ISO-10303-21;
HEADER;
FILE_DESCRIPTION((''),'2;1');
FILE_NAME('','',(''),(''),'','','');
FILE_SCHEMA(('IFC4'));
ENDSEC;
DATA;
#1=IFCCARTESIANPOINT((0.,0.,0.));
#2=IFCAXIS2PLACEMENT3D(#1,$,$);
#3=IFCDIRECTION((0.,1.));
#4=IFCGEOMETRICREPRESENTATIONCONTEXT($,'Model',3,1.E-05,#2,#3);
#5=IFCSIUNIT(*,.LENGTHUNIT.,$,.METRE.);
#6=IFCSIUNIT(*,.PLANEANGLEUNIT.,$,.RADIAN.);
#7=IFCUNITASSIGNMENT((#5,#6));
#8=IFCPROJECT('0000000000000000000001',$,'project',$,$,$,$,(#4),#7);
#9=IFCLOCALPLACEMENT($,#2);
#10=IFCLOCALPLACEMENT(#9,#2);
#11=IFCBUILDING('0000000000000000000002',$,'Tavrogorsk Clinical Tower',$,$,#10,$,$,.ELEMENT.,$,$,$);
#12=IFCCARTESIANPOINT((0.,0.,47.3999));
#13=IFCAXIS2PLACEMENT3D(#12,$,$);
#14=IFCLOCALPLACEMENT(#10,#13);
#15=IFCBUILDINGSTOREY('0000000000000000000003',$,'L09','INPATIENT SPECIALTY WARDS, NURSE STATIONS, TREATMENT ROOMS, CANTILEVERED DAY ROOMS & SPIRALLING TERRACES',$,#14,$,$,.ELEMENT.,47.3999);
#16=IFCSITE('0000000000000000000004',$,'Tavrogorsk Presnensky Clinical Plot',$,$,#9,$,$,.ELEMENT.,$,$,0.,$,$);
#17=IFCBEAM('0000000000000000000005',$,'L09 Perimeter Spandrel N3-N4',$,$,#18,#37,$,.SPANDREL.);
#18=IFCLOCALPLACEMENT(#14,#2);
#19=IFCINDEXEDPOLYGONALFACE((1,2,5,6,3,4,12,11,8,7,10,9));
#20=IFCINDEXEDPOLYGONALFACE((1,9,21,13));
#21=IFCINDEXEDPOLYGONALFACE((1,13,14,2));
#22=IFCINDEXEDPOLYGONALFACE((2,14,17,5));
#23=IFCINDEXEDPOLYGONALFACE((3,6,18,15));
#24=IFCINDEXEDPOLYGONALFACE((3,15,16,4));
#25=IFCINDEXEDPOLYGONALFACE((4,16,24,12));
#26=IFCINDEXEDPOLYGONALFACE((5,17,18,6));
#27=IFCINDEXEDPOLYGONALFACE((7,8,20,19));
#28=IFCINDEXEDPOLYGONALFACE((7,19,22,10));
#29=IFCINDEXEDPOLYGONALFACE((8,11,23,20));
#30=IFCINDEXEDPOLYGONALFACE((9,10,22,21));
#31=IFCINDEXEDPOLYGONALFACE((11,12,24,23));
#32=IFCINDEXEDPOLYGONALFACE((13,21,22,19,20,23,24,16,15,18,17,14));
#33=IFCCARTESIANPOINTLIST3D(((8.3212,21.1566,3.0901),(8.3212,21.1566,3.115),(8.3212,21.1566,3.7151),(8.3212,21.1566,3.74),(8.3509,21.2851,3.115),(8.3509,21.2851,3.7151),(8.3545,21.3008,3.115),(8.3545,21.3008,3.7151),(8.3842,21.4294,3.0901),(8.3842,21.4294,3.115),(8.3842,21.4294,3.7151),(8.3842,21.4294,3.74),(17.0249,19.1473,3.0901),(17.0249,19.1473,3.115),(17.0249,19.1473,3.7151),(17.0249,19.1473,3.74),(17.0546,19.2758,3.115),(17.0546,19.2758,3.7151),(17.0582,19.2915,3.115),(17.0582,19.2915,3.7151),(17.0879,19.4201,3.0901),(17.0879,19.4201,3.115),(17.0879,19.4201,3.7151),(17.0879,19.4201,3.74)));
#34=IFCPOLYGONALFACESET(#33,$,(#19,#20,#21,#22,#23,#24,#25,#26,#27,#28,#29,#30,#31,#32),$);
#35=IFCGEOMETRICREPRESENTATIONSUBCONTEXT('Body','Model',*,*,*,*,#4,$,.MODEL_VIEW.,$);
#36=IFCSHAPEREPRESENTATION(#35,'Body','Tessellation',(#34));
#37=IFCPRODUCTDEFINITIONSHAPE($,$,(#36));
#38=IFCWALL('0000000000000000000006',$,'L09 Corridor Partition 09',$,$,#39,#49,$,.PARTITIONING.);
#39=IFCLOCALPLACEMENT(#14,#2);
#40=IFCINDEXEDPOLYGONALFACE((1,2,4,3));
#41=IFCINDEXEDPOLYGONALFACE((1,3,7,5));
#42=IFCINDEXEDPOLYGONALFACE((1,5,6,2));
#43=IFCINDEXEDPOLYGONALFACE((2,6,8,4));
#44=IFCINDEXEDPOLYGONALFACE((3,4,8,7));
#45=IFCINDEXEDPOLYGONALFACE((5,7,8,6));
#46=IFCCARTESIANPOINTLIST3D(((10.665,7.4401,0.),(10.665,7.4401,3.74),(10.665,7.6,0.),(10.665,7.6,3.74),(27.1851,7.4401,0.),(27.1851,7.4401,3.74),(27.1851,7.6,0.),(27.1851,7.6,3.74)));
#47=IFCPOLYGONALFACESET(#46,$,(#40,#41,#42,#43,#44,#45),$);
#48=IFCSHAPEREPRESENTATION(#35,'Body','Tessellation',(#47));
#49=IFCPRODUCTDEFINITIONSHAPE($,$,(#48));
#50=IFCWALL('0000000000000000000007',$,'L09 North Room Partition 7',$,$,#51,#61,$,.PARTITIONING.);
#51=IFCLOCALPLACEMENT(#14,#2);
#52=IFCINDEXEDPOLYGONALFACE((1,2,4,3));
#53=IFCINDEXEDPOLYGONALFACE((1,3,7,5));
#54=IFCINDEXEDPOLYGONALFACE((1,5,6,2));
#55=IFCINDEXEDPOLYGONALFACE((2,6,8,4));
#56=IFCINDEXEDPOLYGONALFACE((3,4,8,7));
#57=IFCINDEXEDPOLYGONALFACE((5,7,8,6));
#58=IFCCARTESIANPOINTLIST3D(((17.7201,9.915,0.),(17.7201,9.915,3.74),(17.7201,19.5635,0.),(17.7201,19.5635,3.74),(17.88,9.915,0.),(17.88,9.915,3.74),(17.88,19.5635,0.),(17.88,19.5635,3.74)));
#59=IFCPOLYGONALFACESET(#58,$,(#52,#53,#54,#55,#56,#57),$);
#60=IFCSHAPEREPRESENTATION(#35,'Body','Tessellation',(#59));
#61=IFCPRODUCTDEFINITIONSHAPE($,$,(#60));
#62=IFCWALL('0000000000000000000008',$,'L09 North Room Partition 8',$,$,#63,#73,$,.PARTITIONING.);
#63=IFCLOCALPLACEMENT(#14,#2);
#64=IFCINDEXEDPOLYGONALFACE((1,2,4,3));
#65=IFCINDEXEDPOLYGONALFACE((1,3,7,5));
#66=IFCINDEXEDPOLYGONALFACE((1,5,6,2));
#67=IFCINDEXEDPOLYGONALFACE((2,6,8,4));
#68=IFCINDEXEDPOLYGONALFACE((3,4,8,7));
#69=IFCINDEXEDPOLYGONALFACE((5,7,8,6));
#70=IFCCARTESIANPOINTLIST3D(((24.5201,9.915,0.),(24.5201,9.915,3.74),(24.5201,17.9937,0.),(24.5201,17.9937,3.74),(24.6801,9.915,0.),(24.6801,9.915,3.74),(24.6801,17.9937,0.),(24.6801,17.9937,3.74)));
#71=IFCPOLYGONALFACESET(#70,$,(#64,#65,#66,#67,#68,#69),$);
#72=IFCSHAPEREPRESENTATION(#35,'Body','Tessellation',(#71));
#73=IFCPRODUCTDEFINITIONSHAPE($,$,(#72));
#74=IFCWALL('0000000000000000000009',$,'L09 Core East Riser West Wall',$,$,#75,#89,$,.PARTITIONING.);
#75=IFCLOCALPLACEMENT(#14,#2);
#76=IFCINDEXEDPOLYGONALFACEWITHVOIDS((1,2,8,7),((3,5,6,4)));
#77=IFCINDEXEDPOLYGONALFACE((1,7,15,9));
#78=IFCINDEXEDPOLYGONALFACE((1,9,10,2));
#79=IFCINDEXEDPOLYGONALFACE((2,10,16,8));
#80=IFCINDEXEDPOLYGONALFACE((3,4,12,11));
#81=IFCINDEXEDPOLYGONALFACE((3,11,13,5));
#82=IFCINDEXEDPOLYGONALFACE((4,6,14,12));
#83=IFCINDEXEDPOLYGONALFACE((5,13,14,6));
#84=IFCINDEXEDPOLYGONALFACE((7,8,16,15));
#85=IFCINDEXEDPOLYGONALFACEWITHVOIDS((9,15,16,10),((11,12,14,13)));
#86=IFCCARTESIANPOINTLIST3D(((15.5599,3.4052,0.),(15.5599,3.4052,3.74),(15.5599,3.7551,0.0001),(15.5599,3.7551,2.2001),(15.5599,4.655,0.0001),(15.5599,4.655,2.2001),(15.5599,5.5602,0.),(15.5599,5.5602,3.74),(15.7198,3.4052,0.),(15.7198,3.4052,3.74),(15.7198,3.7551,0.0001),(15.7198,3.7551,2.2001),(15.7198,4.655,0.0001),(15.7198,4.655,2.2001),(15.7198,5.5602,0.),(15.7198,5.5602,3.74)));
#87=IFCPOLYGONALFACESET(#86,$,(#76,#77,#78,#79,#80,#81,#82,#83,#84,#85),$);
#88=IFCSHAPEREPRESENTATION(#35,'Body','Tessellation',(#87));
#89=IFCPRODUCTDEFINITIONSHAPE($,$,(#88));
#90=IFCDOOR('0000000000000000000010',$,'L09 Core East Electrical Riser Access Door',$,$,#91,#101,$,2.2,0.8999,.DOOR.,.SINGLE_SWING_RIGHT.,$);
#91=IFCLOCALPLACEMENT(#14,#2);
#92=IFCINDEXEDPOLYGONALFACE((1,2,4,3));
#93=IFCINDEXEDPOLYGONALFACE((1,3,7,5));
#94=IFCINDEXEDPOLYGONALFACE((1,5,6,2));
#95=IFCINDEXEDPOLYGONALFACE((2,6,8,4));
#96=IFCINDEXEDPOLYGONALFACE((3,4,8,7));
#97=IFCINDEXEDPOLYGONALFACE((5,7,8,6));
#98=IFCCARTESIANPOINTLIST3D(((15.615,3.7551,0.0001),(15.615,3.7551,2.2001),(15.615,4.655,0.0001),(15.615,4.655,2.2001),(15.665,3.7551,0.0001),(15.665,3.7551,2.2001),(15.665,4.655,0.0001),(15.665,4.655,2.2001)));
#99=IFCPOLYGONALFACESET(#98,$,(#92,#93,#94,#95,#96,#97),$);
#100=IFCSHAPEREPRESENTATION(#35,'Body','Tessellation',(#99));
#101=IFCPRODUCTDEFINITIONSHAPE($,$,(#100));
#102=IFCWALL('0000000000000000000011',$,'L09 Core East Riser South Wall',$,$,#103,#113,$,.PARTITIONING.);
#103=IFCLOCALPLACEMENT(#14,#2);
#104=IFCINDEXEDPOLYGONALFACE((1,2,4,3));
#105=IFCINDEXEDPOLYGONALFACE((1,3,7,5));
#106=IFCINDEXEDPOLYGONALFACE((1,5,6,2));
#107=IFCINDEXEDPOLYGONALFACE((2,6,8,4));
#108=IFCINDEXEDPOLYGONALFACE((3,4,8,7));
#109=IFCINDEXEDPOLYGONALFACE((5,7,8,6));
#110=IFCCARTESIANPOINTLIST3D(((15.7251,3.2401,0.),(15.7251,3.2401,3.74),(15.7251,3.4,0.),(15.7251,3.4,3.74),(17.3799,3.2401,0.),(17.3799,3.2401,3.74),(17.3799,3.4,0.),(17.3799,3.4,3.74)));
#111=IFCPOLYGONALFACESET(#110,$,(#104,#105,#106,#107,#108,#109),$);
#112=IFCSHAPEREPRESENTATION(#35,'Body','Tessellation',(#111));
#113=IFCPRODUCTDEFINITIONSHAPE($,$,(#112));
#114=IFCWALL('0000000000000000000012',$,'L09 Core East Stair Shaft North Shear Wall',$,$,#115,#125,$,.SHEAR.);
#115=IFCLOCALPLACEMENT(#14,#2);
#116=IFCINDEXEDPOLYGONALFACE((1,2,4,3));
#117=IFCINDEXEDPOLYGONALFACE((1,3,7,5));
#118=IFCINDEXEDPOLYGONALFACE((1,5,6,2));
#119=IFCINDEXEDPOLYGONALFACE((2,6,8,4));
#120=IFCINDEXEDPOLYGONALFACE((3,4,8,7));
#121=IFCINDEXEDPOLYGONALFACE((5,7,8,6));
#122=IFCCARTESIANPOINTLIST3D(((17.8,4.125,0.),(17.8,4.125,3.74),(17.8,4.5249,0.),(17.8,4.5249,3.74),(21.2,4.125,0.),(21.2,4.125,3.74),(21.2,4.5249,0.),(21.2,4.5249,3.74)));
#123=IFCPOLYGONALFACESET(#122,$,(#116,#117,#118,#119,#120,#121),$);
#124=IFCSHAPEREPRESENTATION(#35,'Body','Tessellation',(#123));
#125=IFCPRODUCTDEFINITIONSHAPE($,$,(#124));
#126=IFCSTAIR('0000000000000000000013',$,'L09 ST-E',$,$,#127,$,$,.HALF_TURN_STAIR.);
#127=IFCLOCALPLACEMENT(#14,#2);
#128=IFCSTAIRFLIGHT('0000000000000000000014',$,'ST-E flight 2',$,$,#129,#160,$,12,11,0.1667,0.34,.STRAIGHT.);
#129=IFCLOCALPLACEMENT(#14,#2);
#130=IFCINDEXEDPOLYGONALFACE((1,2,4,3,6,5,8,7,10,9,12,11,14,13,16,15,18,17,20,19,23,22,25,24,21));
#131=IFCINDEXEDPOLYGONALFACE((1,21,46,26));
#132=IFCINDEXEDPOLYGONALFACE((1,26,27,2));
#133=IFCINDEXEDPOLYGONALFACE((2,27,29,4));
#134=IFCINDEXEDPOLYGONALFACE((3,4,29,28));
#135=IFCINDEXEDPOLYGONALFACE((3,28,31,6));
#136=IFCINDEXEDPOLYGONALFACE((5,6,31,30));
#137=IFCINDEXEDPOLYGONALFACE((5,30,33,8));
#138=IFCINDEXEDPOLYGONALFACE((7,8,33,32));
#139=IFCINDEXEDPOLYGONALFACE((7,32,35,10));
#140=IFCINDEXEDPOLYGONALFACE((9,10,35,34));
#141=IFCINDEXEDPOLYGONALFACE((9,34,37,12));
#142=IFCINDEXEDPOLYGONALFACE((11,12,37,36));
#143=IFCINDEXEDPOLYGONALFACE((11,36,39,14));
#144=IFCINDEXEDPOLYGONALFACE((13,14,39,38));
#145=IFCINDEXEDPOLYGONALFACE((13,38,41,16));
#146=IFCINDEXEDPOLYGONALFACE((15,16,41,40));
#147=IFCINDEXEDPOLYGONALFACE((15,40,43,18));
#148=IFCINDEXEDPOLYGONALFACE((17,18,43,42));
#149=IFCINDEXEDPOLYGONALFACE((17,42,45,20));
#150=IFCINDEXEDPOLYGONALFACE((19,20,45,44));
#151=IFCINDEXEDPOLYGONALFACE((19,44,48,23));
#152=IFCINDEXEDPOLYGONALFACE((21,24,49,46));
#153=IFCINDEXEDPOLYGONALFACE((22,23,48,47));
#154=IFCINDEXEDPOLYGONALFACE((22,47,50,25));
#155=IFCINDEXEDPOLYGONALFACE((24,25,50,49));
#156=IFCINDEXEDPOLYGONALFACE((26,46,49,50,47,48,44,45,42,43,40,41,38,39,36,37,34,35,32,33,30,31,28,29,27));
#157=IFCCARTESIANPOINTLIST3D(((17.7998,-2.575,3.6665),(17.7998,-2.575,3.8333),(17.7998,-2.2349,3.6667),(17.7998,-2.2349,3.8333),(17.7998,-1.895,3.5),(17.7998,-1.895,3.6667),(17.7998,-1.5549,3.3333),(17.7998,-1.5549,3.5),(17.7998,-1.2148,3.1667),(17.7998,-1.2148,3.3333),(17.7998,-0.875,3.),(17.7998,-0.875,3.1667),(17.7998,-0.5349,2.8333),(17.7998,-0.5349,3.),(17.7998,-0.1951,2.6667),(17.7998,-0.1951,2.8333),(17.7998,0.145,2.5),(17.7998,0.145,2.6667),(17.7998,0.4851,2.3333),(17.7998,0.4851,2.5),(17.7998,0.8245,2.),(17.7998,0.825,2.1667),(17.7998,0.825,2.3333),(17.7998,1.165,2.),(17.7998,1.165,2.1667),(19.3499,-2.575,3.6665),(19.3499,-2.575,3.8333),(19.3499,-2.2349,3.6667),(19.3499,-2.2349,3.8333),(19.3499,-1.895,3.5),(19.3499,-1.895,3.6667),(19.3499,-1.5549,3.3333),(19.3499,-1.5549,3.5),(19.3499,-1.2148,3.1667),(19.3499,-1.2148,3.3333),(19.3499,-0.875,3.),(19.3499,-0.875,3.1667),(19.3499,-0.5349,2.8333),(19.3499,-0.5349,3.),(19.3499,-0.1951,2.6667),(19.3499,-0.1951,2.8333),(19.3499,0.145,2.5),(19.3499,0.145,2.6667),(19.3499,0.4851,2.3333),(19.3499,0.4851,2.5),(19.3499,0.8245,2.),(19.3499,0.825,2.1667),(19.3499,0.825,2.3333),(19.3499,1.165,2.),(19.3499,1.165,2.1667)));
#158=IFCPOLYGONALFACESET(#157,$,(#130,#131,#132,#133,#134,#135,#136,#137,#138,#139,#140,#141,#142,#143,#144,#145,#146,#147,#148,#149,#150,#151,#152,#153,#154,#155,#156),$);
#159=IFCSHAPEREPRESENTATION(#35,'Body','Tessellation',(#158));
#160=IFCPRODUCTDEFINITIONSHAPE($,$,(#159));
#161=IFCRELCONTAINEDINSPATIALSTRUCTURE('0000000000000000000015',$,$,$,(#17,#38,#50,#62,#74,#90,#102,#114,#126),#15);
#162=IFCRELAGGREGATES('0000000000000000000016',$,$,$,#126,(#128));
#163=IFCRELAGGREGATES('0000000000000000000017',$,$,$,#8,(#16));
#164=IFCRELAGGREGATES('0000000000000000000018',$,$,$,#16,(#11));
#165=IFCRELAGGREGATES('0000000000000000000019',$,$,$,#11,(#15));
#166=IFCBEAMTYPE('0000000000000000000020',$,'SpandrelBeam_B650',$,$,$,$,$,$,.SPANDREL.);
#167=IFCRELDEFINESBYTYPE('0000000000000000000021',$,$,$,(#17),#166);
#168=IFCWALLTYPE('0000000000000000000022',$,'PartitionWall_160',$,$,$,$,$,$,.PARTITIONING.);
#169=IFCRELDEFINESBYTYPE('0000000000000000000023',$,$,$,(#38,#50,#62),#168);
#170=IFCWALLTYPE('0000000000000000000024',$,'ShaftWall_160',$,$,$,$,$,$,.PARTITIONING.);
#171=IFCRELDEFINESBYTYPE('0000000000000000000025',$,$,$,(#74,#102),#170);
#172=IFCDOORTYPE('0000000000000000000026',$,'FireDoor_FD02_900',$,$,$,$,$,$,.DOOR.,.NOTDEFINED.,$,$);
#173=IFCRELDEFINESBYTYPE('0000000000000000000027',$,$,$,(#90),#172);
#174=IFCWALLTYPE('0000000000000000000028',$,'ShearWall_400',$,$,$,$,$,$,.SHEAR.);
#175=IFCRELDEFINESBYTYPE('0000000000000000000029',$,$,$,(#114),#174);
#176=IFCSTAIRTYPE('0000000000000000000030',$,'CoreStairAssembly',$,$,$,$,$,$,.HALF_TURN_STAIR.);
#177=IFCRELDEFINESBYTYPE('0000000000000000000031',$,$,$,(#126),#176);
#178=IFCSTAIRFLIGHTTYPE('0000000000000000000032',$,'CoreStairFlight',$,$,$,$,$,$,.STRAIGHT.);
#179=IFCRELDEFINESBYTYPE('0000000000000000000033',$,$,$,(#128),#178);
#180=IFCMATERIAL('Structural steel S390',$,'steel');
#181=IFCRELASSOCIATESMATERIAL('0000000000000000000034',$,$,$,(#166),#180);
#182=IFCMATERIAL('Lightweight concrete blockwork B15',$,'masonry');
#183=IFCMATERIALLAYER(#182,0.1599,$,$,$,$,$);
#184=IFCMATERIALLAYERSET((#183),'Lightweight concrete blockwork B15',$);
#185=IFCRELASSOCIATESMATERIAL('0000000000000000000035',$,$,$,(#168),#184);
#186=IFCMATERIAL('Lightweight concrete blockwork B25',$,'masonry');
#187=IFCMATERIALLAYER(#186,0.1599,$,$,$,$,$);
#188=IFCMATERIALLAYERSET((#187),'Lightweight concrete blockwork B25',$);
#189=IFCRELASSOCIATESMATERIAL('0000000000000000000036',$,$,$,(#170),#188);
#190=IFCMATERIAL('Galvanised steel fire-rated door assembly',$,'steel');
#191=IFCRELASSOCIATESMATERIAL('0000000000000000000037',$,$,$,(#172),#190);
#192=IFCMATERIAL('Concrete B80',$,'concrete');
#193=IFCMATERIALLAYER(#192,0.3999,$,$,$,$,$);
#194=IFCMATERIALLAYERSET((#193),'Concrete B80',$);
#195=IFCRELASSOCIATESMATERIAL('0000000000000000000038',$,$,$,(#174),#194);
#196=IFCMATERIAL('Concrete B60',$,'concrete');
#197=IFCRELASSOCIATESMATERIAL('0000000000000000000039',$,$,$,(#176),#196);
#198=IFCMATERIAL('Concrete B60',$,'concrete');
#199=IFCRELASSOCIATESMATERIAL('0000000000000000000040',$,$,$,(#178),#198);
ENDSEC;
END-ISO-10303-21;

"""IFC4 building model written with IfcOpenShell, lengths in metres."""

from ifc_helpers import new_model, si_unit, direction, frame, frame_2d, origin, origin_2d, place, context, subcontext, project, spatial, polyline, rectangle, i_section, outline, extrude, material, layer, layer_set, material_profile, profile_set, type_object, element, fill, aggregate, save


model = new_model("IFC4")

# Units and contexts
model_context = context("Model", 3, precision=1e-05, world=origin(), true_north=direction((0.0, 1.0)))
body_context = subcontext(model_context, "Body", "Model", "MODEL_VIEW")
ifc_project = project(units=[si_unit("LENGTHUNIT", "METRE"), si_unit("PLANEANGLEUNIT", "RADIAN")], contexts=[model_context])

# Site, building, storey
site_placement = place(None, origin())
site = spatial("IfcSite", under=ifc_project, at=site_placement, Name="Tavrogorsk Presnensky Clinical Plot", CompositionType="ELEMENT", RefElevation=0.0)
building_placement = place(site_placement, origin())
building = spatial("IfcBuilding", under=site, at=building_placement, Name="Tavrogorsk Clinical Tower", CompositionType="ELEMENT")
storey_placement = place(building_placement, frame((0.0, 0.0, 47.3999)))
storey = spatial("IfcBuildingStorey", under=building, at=storey_placement, Name="L09", Description="INPATIENT SPECIALTY WARDS, NURSE STATIONS, TREATMENT ROOMS, CANTILEVERED DAY ROOMS & SPIRALLING TERRACES", CompositionType="ELEMENT", Elevation=47.3999)

# Beam
ifc_material_1 = material(Name="Structural steel S390", Category="steel")
ifc_material_profile_1 = material_profile(ifc_material_1, i_section(OverallWidth=0.28, OverallDepth=0.6499, WebThickness=0.0161, FlangeThickness=0.0249, at=origin_2d()), Name="B-650x280x16x25")
ifc_profile_set_1 = profile_set([ifc_material_profile_1], Name="Structural steel S390")
beam_type_1 = type_object("IfcBeamType", Name="SpandrelBeam_B650", PredefinedType="SPANDREL", material=ifc_profile_set_1)
for number, where, z_axis, x_axis, name in (
    (1, (17.0564, 19.2837, 3.415), (-0.974373, 0.224939, 0.0), (-0.224939, -0.974373, 0.0), "L09 Perimeter Spandrel N3-N4"),
):
    element("IfcBeam", number, at=place(storey_placement, frame(where, z_axis=z_axis, x_axis=x_axis)), inside=storey, type_object=beam_type_1, Name=name, PredefinedType="SPANDREL", context=body_context, shape_type="SweptSolid", body=[
        extrude(i_section(OverallWidth=0.28, OverallDepth=0.6499, WebThickness=0.0161, FlangeThickness=0.0249, at=origin_2d()), origin(), (0.0, 0.0, 1.0), 8.9326),
    ])

# Walls
ifc_material_2 = material(Name="Lightweight concrete blockwork B15", Category="masonry")
ifc_layer_1 = layer(ifc_material_2, 0.1599)
ifc_layer_set_1 = layer_set([ifc_layer_1], Name="Lightweight concrete blockwork B15")
wall_type_1 = type_object("IfcWallType", Name="PartitionWall_160", PredefinedType="PARTITIONING", material=ifc_layer_set_1)
wall_1_placement = place(storey_placement, frame((27.1851, 7.52, 0.0), z_axis=(0.0, 0.0, 1.0), x_axis=(-1.0, 0.0, 0.0)))
element("IfcWall", 2, at=wall_1_placement, inside=storey, type_object=wall_type_1, Name="L09 Corridor Partition 09", PredefinedType="PARTITIONING", context=body_context, shape_type="SweptSolid", body=[
    extrude(rectangle(XDim=16.52, YDim=0.1599, at=frame_2d((8.26, 0.0))), origin(), (0.0, 0.0, 1.0), 3.74),
])
wall_2_placement = place(storey_placement, frame((17.8, 9.915, 0.0), z_axis=(0.0, 0.0, 1.0), x_axis=(0.0, 1.0, 0.0)))
element("IfcWall", 3, at=wall_2_placement, inside=storey, type_object=wall_type_1, Name="L09 North Room Partition 7", PredefinedType="PARTITIONING", context=body_context, shape_type="SweptSolid", body=[
    extrude(rectangle(XDim=9.6484, YDim=0.1599, at=frame_2d((4.8242, 0.0))), origin(), (0.0, 0.0, 1.0), 3.74),
])
wall_3_placement = place(storey_placement, frame((24.6001, 9.915, 0.0), z_axis=(0.0, 0.0, 1.0), x_axis=(0.0, 1.0, 0.0)))
element("IfcWall", 4, at=wall_3_placement, inside=storey, type_object=wall_type_1, Name="L09 North Room Partition 8", PredefinedType="PARTITIONING", context=body_context, shape_type="SweptSolid", body=[
    extrude(rectangle(XDim=8.0786, YDim=0.1599, at=frame_2d((4.0393, 0.0))), origin(), (0.0, 0.0, 1.0), 3.74),
])

# Wall, opening, door
ifc_material_3 = material(Name="Lightweight concrete blockwork B25", Category="masonry")
ifc_layer_2 = layer(ifc_material_3, 0.1599)
ifc_layer_set_2 = layer_set([ifc_layer_2], Name="Lightweight concrete blockwork B25")
wall_type_2 = type_object("IfcWallType", Name="ShaftWall_160", PredefinedType="PARTITIONING", material=ifc_layer_set_2)
wall_4_placement = place(storey_placement, frame((15.6399, 3.405, 0.0), z_axis=(0.0, 0.0, 1.0), x_axis=(0.0, 1.0, 0.0)))
wall_4 = element("IfcWall", 5, at=wall_4_placement, inside=storey, type_object=wall_type_2, Name="L09 Core East Riser West Wall", PredefinedType="PARTITIONING", context=body_context, shape_type="SweptSolid", body=[
    extrude(rectangle(XDim=2.155, YDim=0.1599, at=frame_2d((1.0776, 0.0))), origin(), (0.0, 0.0, 1.0), 3.74),
])
opening_placement = place(wall_4_placement, frame((0.3501, 0.0, 0.0)))
opening = element("IfcOpeningElement", 6, at=opening_placement, cuts=wall_4, PredefinedType="OPENING", context=body_context, shape_type="SweptSolid", body=[
    extrude(rectangle(XDim=0.8999, YDim=2.2, at=frame_2d((0.45, 1.1001))), frame((0.0, 0.0898, 0.0), z_axis=(0.0, -1.0, 0.0), x_axis=(1.0, 0.0, 0.0)), (0.0, 0.0, 1.0), 0.1799),
])
ifc_material_4 = material(Name="Galvanised steel fire-rated door assembly", Category="steel")
door_type = type_object("IfcDoorType", Name="FireDoor_FD02_900", OperationType="NOTDEFINED", PredefinedType="DOOR", material=ifc_material_4)
door_placement = place(opening_placement, origin())
door = element("IfcDoor", 7, at=door_placement, inside=storey, type_object=door_type, Name="L09 Core East Electrical Riser Access Door", OperationType="SINGLE_SWING_RIGHT", OverallHeight=2.2, OverallWidth=0.8999, PredefinedType="DOOR", context=body_context, shape_type="SweptSolid", body=[
    extrude(rectangle(XDim=0.8999, YDim=2.2, at=frame_2d((0.45, 1.1001))), frame((0.0, 0.0249, 0.0), z_axis=(0.0, -1.0, 0.0), x_axis=(1.0, 0.0, 0.0)), (0.0, 0.0, 1.0), 0.05),
])
fill(opening, door)

# Walls
wall_5_placement = place(storey_placement, frame((15.7251, 3.3201, 0.0), z_axis=(0.0, 0.0, 1.0), x_axis=(1.0, 0.0, 0.0)))
element("IfcWall", 8, at=wall_5_placement, inside=storey, type_object=wall_type_2, Name="L09 Core East Riser South Wall", PredefinedType="PARTITIONING", context=body_context, shape_type="SweptSolid", body=[
    extrude(rectangle(XDim=1.6548, YDim=0.1599, at=frame_2d((0.8274, 0.0))), origin(), (0.0, 0.0, 1.0), 3.74),
])
ifc_material_5 = material(Name="Concrete B80", Category="concrete")
ifc_layer_3 = layer(ifc_material_5, 0.3999)
ifc_layer_set_3 = layer_set([ifc_layer_3], Name="Concrete B80")
wall_type_3 = type_object("IfcWallType", Name="ShearWall_400", PredefinedType="SHEAR", material=ifc_layer_set_3)
wall_6_placement = place(storey_placement, frame((17.8, 4.325, 0.0), z_axis=(0.0, 0.0, 1.0), x_axis=(1.0, 0.0, 0.0)))
element("IfcWall", 9, at=wall_6_placement, inside=storey, type_object=wall_type_3, Name="L09 Core East Stair Shaft North Shear Wall", PredefinedType="SHEAR", context=body_context, shape_type="SweptSolid", body=[
    extrude(rectangle(XDim=3.3999, YDim=0.3999, at=frame_2d((1.7, 0.0))), origin(), (0.0, 0.0, 1.0), 3.74),
])

# Stair, stair flight
ifc_material_6 = material(Name="Concrete B60", Category="concrete")
stair_type = type_object("IfcStairType", Name="CoreStairAssembly", PredefinedType="HALF_TURN_STAIR", material=ifc_material_6)
stair_placement = place(storey_placement, origin())
stair = element("IfcStair", 10, at=stair_placement, inside=storey, type_object=stair_type, Name="L09 ST-E", PredefinedType="HALF_TURN_STAIR")
ifc_material_7 = material(Name="Concrete B60", Category="concrete")
stair_flight_type = type_object("IfcStairFlightType", Name="CoreStairFlight", PredefinedType="STRAIGHT", material=ifc_material_7)
stair_flight_placement = place(storey_placement, frame((18.575, 1.165, 2.0), z_axis=(0.0, 0.0, 1.0), x_axis=(0.0, -1.0, 0.0)))
stair_flight = element("IfcStairFlight", 11, at=stair_flight_placement, type_object=stair_flight_type, Name="ST-E flight 2", NumberOfRisers=12, NumberOfTreads=11, PredefinedType="STRAIGHT", RiserHeight=0.1667, TreadLength=0.34, context=body_context, shape_type="SweptSolid", body=[
    extrude(outline(polyline([(0.0, 0.0), (0.0, 0.1667), (0.3401, 0.1667), (0.3401, 0.3333), (0.6799, 0.3333), (0.6799, 0.5), (1.02, 0.5), (1.02, 0.6667), (1.3601, 0.6667), (1.3601, 0.8333), (1.7, 0.8333), (1.7, 1.0), (2.04, 1.0), (2.04, 1.1667), (2.3799, 1.1667), (2.3799, 1.3333), (2.72, 1.3333), (2.72, 1.5), (3.0601, 1.5), (3.0601, 1.6667), (3.3999, 1.6667), (3.3999, 1.8333), (3.74, 1.8333), (3.74, 2.0), (3.74, 1.6665), (0.3406, 0.0), (0.0, 0.0)])), frame((0.0, 0.7749, 0.0), z_axis=(0.0, -1.0, 0.0), x_axis=(1.0, 0.0, 0.0)), (0.0, 0.0, 1.0), 1.55),
])
aggregate(stair, [stair_flight])

save(model, "model.ifc")
